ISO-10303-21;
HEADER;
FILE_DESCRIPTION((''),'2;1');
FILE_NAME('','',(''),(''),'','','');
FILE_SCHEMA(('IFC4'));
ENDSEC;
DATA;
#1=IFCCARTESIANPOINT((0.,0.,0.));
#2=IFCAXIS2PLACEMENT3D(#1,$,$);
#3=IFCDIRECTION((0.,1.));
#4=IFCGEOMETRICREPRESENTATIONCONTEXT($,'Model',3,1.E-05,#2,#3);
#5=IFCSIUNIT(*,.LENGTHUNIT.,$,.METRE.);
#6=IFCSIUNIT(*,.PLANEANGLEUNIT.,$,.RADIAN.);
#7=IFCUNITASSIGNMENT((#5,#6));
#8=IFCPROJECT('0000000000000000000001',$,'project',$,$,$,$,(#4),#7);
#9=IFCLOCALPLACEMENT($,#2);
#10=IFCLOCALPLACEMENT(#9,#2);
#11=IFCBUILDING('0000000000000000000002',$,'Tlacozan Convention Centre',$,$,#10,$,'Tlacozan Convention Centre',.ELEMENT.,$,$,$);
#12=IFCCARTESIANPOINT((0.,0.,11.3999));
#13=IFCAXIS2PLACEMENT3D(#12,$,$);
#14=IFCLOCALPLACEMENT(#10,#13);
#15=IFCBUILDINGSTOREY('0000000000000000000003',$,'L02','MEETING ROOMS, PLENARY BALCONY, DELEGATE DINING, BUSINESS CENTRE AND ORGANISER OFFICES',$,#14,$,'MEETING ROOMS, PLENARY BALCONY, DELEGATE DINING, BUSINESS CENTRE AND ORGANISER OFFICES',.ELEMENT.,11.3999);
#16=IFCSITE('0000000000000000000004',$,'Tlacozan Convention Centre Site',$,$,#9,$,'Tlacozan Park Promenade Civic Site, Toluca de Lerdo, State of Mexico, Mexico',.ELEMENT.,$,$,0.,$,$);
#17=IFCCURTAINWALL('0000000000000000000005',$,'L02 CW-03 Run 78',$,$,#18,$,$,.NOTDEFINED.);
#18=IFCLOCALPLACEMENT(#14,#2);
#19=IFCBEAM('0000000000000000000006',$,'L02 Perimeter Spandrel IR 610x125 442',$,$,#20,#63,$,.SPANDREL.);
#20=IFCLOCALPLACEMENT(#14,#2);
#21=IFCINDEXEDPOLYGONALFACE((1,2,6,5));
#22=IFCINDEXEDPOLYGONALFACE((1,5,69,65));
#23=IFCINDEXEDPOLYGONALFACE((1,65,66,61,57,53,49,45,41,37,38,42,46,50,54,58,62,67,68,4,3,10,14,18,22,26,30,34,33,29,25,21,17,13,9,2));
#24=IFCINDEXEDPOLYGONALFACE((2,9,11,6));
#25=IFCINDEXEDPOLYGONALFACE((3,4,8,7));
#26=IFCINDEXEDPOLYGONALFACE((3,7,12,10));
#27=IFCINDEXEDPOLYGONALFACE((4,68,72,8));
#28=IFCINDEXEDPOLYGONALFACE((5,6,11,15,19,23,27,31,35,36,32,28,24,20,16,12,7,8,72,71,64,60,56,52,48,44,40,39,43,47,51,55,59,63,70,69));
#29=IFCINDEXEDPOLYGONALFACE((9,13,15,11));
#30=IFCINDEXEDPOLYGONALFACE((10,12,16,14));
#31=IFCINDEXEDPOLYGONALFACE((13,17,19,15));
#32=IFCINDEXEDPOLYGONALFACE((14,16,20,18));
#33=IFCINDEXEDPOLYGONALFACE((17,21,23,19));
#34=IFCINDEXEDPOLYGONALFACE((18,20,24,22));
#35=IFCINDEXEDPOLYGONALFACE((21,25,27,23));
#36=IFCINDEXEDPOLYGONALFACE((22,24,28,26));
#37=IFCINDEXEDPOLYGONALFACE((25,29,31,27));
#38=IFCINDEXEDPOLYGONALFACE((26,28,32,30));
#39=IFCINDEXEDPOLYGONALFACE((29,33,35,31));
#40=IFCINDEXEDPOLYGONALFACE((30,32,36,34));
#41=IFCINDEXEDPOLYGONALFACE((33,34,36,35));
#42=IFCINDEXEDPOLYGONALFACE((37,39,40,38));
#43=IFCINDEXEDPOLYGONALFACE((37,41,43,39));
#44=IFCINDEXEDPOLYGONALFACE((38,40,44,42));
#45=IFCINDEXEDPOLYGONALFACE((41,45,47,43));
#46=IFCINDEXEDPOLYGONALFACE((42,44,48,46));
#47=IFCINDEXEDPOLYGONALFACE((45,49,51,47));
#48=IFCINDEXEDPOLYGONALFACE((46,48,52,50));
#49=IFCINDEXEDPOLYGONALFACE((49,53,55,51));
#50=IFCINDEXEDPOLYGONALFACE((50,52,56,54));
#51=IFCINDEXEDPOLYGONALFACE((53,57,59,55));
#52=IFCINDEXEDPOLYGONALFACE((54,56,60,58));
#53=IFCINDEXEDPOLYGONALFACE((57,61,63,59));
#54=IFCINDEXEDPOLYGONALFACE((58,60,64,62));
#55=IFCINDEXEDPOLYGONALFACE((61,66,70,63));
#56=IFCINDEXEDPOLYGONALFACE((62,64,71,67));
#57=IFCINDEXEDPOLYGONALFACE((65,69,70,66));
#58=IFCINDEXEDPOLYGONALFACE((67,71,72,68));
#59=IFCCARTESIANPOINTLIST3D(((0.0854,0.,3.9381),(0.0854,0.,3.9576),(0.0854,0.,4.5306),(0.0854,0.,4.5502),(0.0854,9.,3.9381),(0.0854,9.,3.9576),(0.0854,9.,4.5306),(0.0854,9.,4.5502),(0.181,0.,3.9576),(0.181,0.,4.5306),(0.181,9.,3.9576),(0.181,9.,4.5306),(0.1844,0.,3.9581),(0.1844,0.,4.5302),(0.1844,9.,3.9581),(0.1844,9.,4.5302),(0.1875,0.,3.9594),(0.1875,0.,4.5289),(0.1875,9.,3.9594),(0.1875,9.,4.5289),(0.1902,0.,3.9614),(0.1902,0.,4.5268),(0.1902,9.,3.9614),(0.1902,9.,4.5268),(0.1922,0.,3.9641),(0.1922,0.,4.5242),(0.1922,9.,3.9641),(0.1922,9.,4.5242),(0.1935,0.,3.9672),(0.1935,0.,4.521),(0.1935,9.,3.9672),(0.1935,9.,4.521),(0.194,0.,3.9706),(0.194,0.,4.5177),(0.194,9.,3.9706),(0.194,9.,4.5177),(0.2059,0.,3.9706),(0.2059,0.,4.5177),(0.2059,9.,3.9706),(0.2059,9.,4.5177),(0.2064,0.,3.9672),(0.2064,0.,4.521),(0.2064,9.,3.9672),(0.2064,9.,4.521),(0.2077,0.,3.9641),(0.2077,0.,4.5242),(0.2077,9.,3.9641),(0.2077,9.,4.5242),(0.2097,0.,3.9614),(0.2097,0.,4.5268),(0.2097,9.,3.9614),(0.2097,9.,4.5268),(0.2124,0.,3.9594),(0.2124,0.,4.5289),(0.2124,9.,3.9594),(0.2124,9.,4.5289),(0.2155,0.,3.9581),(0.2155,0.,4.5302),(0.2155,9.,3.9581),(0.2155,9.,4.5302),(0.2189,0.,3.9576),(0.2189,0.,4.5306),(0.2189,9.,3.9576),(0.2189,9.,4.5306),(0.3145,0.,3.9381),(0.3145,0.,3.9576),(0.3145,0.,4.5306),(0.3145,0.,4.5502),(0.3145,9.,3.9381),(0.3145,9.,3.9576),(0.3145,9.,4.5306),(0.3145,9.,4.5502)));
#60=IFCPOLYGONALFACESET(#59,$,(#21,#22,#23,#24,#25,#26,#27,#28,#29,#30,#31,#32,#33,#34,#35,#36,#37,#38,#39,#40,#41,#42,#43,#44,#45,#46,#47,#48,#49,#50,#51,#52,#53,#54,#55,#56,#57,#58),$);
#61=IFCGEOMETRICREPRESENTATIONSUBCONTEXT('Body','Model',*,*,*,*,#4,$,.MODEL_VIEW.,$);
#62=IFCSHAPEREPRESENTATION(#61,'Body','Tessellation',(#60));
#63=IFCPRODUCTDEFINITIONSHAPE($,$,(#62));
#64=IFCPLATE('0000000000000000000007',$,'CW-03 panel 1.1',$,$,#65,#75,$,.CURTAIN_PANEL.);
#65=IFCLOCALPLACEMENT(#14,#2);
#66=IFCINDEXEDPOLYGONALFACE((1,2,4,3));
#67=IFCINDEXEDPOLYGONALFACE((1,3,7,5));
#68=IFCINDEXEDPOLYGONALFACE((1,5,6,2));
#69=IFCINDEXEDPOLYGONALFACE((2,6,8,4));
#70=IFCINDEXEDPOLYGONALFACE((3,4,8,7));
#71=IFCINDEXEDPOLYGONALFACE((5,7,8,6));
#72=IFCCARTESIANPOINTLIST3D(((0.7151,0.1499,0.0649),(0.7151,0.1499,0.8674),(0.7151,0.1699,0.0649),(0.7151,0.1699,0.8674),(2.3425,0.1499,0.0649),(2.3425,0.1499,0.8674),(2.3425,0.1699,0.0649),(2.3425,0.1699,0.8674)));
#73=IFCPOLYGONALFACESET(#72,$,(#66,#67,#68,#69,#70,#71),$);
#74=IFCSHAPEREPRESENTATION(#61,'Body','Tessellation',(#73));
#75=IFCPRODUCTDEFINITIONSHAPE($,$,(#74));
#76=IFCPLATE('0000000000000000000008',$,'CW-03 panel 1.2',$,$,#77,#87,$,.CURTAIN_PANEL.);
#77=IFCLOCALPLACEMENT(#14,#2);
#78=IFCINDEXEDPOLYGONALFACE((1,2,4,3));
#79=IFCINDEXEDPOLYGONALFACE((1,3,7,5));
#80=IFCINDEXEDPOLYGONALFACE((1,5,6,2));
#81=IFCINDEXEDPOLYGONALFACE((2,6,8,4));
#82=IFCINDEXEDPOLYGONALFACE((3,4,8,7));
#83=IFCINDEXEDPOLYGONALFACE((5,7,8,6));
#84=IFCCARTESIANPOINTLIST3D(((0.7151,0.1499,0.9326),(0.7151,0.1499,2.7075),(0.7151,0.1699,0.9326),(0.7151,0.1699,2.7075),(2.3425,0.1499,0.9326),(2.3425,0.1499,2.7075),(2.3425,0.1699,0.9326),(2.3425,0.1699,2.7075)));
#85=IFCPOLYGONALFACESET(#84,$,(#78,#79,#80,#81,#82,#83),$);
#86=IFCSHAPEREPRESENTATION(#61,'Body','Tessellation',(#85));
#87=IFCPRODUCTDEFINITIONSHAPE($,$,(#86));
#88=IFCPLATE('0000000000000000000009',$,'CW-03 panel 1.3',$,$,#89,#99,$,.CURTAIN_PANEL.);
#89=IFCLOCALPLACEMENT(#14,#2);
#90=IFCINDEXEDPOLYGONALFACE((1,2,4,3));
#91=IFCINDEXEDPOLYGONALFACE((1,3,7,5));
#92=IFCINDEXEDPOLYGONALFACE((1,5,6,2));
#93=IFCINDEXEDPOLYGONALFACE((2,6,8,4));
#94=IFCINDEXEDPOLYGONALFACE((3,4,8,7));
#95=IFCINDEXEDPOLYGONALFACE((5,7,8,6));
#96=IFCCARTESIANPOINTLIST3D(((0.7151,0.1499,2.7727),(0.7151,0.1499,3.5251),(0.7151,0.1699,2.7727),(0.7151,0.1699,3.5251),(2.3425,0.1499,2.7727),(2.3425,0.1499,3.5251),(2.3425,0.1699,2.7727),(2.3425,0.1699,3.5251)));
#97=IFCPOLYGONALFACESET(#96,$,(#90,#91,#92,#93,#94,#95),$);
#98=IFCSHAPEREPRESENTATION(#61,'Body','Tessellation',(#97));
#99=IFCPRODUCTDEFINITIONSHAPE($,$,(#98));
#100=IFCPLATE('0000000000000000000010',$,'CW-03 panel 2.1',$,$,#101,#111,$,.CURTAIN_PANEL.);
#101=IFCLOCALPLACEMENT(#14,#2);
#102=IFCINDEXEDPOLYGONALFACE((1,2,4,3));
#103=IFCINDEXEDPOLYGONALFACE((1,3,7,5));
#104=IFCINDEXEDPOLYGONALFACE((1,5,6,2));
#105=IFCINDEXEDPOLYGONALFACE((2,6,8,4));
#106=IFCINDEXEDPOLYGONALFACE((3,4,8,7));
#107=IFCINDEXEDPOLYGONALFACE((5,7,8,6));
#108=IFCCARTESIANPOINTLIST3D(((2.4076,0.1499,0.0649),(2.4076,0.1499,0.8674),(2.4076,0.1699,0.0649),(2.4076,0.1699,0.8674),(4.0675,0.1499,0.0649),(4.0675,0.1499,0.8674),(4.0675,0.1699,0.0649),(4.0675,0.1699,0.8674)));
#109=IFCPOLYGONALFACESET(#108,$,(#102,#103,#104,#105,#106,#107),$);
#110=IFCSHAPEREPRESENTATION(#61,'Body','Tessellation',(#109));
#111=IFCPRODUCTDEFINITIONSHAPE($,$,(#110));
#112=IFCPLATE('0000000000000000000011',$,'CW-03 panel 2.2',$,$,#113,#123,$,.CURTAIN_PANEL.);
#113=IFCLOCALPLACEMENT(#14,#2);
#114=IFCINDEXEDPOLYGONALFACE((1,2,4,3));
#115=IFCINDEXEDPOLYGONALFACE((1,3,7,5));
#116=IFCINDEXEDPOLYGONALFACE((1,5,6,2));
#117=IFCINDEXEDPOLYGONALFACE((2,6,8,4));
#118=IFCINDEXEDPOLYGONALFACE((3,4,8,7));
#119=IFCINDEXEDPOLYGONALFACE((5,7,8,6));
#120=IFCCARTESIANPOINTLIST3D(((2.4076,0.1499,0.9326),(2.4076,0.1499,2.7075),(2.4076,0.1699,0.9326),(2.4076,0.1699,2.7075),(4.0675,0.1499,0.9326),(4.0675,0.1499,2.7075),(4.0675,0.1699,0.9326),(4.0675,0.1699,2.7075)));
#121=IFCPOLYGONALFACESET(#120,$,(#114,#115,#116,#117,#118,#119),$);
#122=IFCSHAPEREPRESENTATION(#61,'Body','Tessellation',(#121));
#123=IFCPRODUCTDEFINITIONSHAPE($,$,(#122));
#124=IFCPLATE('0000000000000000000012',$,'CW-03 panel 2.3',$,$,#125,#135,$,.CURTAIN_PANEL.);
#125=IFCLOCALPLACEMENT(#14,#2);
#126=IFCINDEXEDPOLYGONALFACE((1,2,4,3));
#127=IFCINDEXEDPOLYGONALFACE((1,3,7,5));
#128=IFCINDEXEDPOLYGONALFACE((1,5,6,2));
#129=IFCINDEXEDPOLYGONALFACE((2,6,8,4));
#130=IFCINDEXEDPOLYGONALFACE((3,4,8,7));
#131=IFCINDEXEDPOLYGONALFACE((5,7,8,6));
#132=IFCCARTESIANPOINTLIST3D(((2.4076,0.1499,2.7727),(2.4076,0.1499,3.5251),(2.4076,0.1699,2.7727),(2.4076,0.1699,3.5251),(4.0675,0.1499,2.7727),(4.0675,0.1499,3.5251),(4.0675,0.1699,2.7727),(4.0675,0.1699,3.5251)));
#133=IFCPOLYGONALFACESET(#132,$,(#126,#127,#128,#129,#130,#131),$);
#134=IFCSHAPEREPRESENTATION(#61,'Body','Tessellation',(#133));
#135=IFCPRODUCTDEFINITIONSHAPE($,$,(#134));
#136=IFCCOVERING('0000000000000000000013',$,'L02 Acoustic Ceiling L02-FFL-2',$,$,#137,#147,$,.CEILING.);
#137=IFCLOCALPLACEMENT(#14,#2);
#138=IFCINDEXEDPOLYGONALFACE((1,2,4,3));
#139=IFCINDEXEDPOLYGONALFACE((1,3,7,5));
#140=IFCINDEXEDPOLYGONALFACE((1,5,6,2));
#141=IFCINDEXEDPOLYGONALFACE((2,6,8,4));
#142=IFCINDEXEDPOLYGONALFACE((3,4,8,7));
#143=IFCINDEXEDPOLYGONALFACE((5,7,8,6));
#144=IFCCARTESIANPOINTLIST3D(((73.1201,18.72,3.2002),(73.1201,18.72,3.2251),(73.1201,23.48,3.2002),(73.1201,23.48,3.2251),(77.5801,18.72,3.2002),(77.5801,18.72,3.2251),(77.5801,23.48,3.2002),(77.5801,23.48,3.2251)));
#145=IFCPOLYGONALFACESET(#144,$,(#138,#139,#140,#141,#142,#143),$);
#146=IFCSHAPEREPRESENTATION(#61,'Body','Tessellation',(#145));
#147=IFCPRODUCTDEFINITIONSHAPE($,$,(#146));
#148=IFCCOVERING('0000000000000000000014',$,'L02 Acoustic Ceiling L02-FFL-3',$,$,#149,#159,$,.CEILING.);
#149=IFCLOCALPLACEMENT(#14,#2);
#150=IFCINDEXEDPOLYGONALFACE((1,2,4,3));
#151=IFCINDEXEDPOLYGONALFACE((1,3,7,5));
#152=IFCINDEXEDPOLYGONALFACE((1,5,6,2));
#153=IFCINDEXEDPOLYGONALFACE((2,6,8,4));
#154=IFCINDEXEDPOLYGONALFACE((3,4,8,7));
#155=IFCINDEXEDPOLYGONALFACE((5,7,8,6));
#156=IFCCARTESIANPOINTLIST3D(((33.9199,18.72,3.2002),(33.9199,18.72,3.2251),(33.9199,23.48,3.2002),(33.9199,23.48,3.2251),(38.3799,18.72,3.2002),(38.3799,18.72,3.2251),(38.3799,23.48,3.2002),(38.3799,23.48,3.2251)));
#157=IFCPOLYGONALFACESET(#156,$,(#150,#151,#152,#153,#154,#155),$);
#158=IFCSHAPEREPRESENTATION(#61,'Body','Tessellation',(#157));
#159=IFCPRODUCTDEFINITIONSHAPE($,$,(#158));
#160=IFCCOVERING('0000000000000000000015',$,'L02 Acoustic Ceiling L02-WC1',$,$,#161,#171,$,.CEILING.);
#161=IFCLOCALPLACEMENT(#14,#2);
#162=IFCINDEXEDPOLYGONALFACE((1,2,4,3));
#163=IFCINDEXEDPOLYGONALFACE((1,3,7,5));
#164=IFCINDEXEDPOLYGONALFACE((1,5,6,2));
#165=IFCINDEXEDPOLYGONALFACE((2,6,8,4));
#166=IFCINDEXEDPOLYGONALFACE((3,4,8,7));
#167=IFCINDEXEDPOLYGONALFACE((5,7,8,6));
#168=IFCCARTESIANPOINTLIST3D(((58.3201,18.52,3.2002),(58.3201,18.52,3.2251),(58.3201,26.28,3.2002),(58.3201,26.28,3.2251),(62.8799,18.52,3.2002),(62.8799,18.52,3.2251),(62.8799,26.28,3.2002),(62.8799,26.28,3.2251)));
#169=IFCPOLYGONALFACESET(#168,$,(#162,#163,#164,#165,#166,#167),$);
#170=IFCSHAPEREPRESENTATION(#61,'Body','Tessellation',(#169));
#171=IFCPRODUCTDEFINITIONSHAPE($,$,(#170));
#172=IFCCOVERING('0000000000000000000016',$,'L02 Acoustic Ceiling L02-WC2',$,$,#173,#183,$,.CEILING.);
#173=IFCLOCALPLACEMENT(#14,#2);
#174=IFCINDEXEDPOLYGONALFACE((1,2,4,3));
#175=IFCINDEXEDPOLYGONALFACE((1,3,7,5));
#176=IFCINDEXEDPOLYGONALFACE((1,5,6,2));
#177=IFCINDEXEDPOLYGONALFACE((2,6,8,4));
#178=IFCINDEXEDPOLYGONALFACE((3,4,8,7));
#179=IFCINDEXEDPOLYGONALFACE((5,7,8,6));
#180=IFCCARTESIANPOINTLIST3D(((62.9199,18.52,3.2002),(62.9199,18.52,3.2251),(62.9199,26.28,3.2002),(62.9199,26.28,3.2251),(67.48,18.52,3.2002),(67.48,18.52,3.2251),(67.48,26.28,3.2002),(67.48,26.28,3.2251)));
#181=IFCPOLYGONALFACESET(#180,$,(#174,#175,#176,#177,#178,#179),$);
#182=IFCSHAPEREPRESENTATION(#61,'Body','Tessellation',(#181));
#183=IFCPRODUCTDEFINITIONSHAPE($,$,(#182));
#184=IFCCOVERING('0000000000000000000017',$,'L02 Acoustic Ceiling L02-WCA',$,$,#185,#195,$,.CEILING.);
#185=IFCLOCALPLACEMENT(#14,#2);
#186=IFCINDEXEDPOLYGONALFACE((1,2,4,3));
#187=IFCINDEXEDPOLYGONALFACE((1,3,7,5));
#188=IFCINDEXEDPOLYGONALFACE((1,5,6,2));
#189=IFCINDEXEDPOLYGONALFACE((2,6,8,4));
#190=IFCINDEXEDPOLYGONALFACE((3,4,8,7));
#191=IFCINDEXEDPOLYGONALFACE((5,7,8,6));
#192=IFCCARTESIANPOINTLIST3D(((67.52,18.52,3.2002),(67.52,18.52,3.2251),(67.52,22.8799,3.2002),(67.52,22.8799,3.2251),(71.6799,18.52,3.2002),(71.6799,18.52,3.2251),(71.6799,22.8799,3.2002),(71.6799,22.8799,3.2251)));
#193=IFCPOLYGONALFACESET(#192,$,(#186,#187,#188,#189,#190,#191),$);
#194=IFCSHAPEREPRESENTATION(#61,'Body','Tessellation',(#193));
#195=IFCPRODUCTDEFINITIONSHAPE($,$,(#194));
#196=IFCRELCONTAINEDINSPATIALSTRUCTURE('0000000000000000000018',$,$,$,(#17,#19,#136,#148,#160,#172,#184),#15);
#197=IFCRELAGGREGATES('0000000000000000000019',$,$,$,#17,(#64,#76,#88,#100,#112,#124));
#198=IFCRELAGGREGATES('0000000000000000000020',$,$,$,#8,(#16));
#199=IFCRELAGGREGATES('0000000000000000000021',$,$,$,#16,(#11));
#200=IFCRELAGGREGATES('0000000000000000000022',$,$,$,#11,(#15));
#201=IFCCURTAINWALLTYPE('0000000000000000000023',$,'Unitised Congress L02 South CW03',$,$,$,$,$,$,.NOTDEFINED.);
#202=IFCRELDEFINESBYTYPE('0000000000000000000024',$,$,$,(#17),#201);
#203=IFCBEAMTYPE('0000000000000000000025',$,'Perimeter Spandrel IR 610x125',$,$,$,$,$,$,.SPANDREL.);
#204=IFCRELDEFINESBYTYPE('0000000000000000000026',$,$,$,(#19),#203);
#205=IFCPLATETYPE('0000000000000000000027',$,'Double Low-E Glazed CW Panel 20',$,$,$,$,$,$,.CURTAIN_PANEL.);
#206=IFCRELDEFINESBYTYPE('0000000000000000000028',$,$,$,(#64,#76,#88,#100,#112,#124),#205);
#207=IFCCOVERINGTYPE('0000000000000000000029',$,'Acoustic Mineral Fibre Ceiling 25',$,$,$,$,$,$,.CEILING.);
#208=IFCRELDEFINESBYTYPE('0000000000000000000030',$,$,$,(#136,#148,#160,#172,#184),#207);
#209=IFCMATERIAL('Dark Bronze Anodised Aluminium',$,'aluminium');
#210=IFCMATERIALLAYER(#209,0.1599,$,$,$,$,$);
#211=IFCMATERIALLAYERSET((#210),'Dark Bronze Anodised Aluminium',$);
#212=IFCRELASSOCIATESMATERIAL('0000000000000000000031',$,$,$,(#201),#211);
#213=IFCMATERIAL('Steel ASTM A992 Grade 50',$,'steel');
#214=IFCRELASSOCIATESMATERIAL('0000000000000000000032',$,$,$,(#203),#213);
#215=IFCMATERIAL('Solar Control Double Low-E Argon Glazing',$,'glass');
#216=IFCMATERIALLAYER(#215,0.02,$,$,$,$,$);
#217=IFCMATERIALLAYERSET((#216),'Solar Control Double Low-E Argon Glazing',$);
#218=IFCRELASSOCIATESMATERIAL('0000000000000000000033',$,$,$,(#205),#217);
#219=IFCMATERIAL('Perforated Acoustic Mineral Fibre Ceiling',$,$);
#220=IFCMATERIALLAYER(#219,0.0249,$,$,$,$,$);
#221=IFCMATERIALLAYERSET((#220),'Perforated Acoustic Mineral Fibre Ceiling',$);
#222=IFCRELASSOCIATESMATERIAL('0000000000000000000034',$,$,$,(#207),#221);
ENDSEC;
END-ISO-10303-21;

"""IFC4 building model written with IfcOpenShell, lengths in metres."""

from ifc_helpers import new_model, si_unit, direction, frame, origin, origin_2d, place, context, subcontext, project, spatial, polyline, rectangle, i_section, outline, extrude, material, layer, layer_set, material_profile, profile_set, type_object, element, aggregate, save


model = new_model("IFC4")

# Units and contexts
model_context = context("Model", 3, precision=1e-05, world=origin(), true_north=direction((0.0, 1.0)))
body_context = subcontext(model_context, "Body", "Model", "MODEL_VIEW")
ifc_project = project(units=[si_unit("LENGTHUNIT", "METRE"), si_unit("PLANEANGLEUNIT", "RADIAN")], contexts=[model_context])

# Site, building, storey
site_placement = place(None, origin())
site = spatial("IfcSite", under=ifc_project, at=site_placement, Name="Tlacozan Convention Centre Site", LongName="Tlacozan Park Promenade Civic Site, Toluca de Lerdo, State of Mexico, Mexico", CompositionType="ELEMENT", RefElevation=0.0)
building_placement = place(site_placement, origin())
building = spatial("IfcBuilding", under=site, at=building_placement, Name="Tlacozan Convention Centre", LongName="Tlacozan Convention Centre", CompositionType="ELEMENT")
storey_placement = place(building_placement, frame((0.0, 0.0, 11.3999)))
storey = spatial("IfcBuildingStorey", under=building, at=storey_placement, Name="L02", Description="MEETING ROOMS, PLENARY BALCONY, DELEGATE DINING, BUSINESS CENTRE AND ORGANISER OFFICES", LongName="MEETING ROOMS, PLENARY BALCONY, DELEGATE DINING, BUSINESS CENTRE AND ORGANISER OFFICES", CompositionType="ELEMENT", Elevation=11.3999)

# Curtain wall
ifc_material_1 = material(Name="Dark Bronze Anodised Aluminium", Category="aluminium")
ifc_layer_1 = layer(ifc_material_1, 0.1599)
ifc_layer_set_1 = layer_set([ifc_layer_1], Name="Dark Bronze Anodised Aluminium")
curtain_wall_type = type_object("IfcCurtainWallType", Name="Unitised Congress L02 South CW03", PredefinedType="NOTDEFINED", material=ifc_layer_set_1)
curtain_wall_placement = place(storey_placement, origin())
curtain_wall = element("IfcCurtainWall", 1, at=curtain_wall_placement, inside=storey, type_object=curtain_wall_type, Name="L02 CW-03 Run 78", PredefinedType="NOTDEFINED")

# Beam
ifc_material_2 = material(Name="Steel ASTM A992 Grade 50", Category="steel")
ifc_material_profile_1 = material_profile(ifc_material_2, i_section(OverallWidth=0.229, OverallDepth=0.6121, WebThickness=0.012, FlangeThickness=0.0195, FilletRadius=0.0129, at=origin_2d()), Name="IR 610x125.0")
ifc_profile_set_1 = profile_set([ifc_material_profile_1], Name="Steel ASTM A992 Grade 50")
beam_type = type_object("IfcBeamType", Name="Perimeter Spandrel IR 610x125", PredefinedType="SPANDREL", material=ifc_profile_set_1)
beam_placement = place(storey_placement, frame((0.2, 0.0, 4.2441), z_axis=(0.0, 1.0, 0.0), x_axis=(-1.0, 0.0, 0.0)))
element("IfcBeam", 2, at=beam_placement, inside=storey, type_object=beam_type, Name="L02 Perimeter Spandrel IR 610x125 442", PredefinedType="SPANDREL", context=body_context, shape_type="SweptSolid", body=[
    extrude(i_section(OverallWidth=0.229, OverallDepth=0.6121, WebThickness=0.012, FlangeThickness=0.0195, FilletRadius=0.0129, at=origin_2d()), origin(), (0.0, 0.0, 1.0), 9.0),
])

# Plates
ifc_material_3 = material(Name="Solar Control Double Low-E Argon Glazing", Category="glass")
ifc_layer_2 = layer(ifc_material_3, 0.02)
ifc_layer_set_2 = layer_set([ifc_layer_2], Name="Solar Control Double Low-E Argon Glazing")
plate_type = type_object("IfcPlateType", Name="Double Low-E Glazed CW Panel 20", PredefinedType="CURTAIN_PANEL", material=ifc_layer_set_2)
plate_1_placement = place(storey_placement, frame((1.5288, 0.1599, 0.0649), z_axis=(0.0, 0.0, 1.0), x_axis=(1.0, 0.0, 0.0)))
plate_1 = element("IfcPlate", 3, at=plate_1_placement, type_object=plate_type, Name="CW-03 panel 1.1", PredefinedType="CURTAIN_PANEL", context=body_context, shape_type="SweptSolid", body=[
    extrude(rectangle(XDim=1.6274, YDim=0.02, at=origin_2d()), origin(), (0.0, 0.0, 1.0), 0.8025),
])
plate_2_placement = place(storey_placement, frame((1.5288, 0.1599, 0.9326), z_axis=(0.0, 0.0, 1.0), x_axis=(1.0, 0.0, 0.0)))
plate_2 = element("IfcPlate", 4, at=plate_2_placement, type_object=plate_type, Name="CW-03 panel 1.2", PredefinedType="CURTAIN_PANEL", context=body_context, shape_type="SweptSolid", body=[
    extrude(rectangle(XDim=1.6274, YDim=0.02, at=origin_2d()), origin(), (0.0, 0.0, 1.0), 1.7749),
])
plate_3_placement = place(storey_placement, frame((1.5288, 0.1599, 2.7727), z_axis=(0.0, 0.0, 1.0), x_axis=(1.0, 0.0, 0.0)))
plate_3 = element("IfcPlate", 5, at=plate_3_placement, type_object=plate_type, Name="CW-03 panel 1.3", PredefinedType="CURTAIN_PANEL", context=body_context, shape_type="SweptSolid", body=[
    extrude(rectangle(XDim=1.6274, YDim=0.02, at=origin_2d()), origin(), (0.0, 0.0, 1.0), 0.7524),
])
plate_4_placement = place(storey_placement, frame((3.2375, 0.1599, 0.0649), z_axis=(0.0, 0.0, 1.0), x_axis=(1.0, 0.0, 0.0)))
plate_4 = element("IfcPlate", 6, at=plate_4_placement, type_object=plate_type, Name="CW-03 panel 2.1", PredefinedType="CURTAIN_PANEL", context=body_context, shape_type="SweptSolid", body=[
    extrude(rectangle(XDim=1.6599, YDim=0.02, at=origin_2d()), origin(), (0.0, 0.0, 1.0), 0.8025),
])
plate_5_placement = place(storey_placement, frame((3.2375, 0.1599, 0.9326), z_axis=(0.0, 0.0, 1.0), x_axis=(1.0, 0.0, 0.0)))
plate_5 = element("IfcPlate", 7, at=plate_5_placement, type_object=plate_type, Name="CW-03 panel 2.2", PredefinedType="CURTAIN_PANEL", context=body_context, shape_type="SweptSolid", body=[
    extrude(rectangle(XDim=1.6599, YDim=0.02, at=origin_2d()), origin(), (0.0, 0.0, 1.0), 1.7749),
])
plate_6_placement = place(storey_placement, frame((3.2375, 0.1599, 2.7727), z_axis=(0.0, 0.0, 1.0), x_axis=(1.0, 0.0, 0.0)))
plate_6 = element("IfcPlate", 8, at=plate_6_placement, type_object=plate_type, Name="CW-03 panel 2.3", PredefinedType="CURTAIN_PANEL", context=body_context, shape_type="SweptSolid", body=[
    extrude(rectangle(XDim=1.6599, YDim=0.02, at=origin_2d()), origin(), (0.0, 0.0, 1.0), 0.7524),
])
aggregate(curtain_wall, [plate_1, plate_2, plate_3, plate_4, plate_5, plate_6])

# Coverings
ifc_material_4 = material(Name="Perforated Acoustic Mineral Fibre Ceiling")
ifc_layer_3 = layer(ifc_material_4, 0.0249)
ifc_layer_set_3 = layer_set([ifc_layer_3], Name="Perforated Acoustic Mineral Fibre Ceiling")
covering_type_1 = type_object("IfcCoveringType", Name="Acoustic Mineral Fibre Ceiling 25", PredefinedType="CEILING", material=ifc_layer_set_3)
covering_1_placement = place(storey_placement, frame((0.0, 0.0, 3.2002)))
element("IfcCovering", 9, at=covering_1_placement, inside=storey, type_object=covering_type_1, Name="L02 Acoustic Ceiling L02-FFL-2", PredefinedType="CEILING", context=body_context, shape_type="SweptSolid", body=[
    extrude(outline(polyline([(73.1201, 18.72), (77.5801, 18.72), (77.5801, 23.48), (73.1201, 23.48), (73.1201, 18.72)])), origin(), (0.0, 0.0, 1.0), 0.0249),
])
covering_2_placement = place(storey_placement, frame((0.0, 0.0, 3.2002)))
element("IfcCovering", 10, at=covering_2_placement, inside=storey, type_object=covering_type_1, Name="L02 Acoustic Ceiling L02-FFL-3", PredefinedType="CEILING", context=body_context, shape_type="SweptSolid", body=[
    extrude(outline(polyline([(33.9199, 18.72), (38.3799, 18.72), (38.3799, 23.48), (33.9199, 23.48), (33.9199, 18.72)])), origin(), (0.0, 0.0, 1.0), 0.0249),
])
covering_3_placement = place(storey_placement, frame((0.0, 0.0, 3.2002)))
element("IfcCovering", 11, at=covering_3_placement, inside=storey, type_object=covering_type_1, Name="L02 Acoustic Ceiling L02-WC1", PredefinedType="CEILING", context=body_context, shape_type="SweptSolid", body=[
    extrude(outline(polyline([(58.3201, 18.52), (62.8799, 18.52), (62.8799, 26.28), (58.3201, 26.28), (58.3201, 18.52)])), origin(), (0.0, 0.0, 1.0), 0.0249),
])
covering_4_placement = place(storey_placement, frame((0.0, 0.0, 3.2002)))
element("IfcCovering", 12, at=covering_4_placement, inside=storey, type_object=covering_type_1, Name="L02 Acoustic Ceiling L02-WC2", PredefinedType="CEILING", context=body_context, shape_type="SweptSolid", body=[
    extrude(outline(polyline([(62.9199, 18.52), (67.48, 18.52), (67.48, 26.28), (62.9199, 26.28), (62.9199, 18.52)])), origin(), (0.0, 0.0, 1.0), 0.0249),
])
covering_5_placement = place(storey_placement, frame((0.0, 0.0, 3.2002)))
element("IfcCovering", 13, at=covering_5_placement, inside=storey, type_object=covering_type_1, Name="L02 Acoustic Ceiling L02-WCA", PredefinedType="CEILING", context=body_context, shape_type="SweptSolid", body=[
    extrude(outline(polyline([(67.52, 18.52), (71.6799, 18.52), (71.6799, 22.8799), (67.52, 22.8799), (67.52, 18.52)])), origin(), (0.0, 0.0, 1.0), 0.0249),
])

save(model, "model.ifc")
